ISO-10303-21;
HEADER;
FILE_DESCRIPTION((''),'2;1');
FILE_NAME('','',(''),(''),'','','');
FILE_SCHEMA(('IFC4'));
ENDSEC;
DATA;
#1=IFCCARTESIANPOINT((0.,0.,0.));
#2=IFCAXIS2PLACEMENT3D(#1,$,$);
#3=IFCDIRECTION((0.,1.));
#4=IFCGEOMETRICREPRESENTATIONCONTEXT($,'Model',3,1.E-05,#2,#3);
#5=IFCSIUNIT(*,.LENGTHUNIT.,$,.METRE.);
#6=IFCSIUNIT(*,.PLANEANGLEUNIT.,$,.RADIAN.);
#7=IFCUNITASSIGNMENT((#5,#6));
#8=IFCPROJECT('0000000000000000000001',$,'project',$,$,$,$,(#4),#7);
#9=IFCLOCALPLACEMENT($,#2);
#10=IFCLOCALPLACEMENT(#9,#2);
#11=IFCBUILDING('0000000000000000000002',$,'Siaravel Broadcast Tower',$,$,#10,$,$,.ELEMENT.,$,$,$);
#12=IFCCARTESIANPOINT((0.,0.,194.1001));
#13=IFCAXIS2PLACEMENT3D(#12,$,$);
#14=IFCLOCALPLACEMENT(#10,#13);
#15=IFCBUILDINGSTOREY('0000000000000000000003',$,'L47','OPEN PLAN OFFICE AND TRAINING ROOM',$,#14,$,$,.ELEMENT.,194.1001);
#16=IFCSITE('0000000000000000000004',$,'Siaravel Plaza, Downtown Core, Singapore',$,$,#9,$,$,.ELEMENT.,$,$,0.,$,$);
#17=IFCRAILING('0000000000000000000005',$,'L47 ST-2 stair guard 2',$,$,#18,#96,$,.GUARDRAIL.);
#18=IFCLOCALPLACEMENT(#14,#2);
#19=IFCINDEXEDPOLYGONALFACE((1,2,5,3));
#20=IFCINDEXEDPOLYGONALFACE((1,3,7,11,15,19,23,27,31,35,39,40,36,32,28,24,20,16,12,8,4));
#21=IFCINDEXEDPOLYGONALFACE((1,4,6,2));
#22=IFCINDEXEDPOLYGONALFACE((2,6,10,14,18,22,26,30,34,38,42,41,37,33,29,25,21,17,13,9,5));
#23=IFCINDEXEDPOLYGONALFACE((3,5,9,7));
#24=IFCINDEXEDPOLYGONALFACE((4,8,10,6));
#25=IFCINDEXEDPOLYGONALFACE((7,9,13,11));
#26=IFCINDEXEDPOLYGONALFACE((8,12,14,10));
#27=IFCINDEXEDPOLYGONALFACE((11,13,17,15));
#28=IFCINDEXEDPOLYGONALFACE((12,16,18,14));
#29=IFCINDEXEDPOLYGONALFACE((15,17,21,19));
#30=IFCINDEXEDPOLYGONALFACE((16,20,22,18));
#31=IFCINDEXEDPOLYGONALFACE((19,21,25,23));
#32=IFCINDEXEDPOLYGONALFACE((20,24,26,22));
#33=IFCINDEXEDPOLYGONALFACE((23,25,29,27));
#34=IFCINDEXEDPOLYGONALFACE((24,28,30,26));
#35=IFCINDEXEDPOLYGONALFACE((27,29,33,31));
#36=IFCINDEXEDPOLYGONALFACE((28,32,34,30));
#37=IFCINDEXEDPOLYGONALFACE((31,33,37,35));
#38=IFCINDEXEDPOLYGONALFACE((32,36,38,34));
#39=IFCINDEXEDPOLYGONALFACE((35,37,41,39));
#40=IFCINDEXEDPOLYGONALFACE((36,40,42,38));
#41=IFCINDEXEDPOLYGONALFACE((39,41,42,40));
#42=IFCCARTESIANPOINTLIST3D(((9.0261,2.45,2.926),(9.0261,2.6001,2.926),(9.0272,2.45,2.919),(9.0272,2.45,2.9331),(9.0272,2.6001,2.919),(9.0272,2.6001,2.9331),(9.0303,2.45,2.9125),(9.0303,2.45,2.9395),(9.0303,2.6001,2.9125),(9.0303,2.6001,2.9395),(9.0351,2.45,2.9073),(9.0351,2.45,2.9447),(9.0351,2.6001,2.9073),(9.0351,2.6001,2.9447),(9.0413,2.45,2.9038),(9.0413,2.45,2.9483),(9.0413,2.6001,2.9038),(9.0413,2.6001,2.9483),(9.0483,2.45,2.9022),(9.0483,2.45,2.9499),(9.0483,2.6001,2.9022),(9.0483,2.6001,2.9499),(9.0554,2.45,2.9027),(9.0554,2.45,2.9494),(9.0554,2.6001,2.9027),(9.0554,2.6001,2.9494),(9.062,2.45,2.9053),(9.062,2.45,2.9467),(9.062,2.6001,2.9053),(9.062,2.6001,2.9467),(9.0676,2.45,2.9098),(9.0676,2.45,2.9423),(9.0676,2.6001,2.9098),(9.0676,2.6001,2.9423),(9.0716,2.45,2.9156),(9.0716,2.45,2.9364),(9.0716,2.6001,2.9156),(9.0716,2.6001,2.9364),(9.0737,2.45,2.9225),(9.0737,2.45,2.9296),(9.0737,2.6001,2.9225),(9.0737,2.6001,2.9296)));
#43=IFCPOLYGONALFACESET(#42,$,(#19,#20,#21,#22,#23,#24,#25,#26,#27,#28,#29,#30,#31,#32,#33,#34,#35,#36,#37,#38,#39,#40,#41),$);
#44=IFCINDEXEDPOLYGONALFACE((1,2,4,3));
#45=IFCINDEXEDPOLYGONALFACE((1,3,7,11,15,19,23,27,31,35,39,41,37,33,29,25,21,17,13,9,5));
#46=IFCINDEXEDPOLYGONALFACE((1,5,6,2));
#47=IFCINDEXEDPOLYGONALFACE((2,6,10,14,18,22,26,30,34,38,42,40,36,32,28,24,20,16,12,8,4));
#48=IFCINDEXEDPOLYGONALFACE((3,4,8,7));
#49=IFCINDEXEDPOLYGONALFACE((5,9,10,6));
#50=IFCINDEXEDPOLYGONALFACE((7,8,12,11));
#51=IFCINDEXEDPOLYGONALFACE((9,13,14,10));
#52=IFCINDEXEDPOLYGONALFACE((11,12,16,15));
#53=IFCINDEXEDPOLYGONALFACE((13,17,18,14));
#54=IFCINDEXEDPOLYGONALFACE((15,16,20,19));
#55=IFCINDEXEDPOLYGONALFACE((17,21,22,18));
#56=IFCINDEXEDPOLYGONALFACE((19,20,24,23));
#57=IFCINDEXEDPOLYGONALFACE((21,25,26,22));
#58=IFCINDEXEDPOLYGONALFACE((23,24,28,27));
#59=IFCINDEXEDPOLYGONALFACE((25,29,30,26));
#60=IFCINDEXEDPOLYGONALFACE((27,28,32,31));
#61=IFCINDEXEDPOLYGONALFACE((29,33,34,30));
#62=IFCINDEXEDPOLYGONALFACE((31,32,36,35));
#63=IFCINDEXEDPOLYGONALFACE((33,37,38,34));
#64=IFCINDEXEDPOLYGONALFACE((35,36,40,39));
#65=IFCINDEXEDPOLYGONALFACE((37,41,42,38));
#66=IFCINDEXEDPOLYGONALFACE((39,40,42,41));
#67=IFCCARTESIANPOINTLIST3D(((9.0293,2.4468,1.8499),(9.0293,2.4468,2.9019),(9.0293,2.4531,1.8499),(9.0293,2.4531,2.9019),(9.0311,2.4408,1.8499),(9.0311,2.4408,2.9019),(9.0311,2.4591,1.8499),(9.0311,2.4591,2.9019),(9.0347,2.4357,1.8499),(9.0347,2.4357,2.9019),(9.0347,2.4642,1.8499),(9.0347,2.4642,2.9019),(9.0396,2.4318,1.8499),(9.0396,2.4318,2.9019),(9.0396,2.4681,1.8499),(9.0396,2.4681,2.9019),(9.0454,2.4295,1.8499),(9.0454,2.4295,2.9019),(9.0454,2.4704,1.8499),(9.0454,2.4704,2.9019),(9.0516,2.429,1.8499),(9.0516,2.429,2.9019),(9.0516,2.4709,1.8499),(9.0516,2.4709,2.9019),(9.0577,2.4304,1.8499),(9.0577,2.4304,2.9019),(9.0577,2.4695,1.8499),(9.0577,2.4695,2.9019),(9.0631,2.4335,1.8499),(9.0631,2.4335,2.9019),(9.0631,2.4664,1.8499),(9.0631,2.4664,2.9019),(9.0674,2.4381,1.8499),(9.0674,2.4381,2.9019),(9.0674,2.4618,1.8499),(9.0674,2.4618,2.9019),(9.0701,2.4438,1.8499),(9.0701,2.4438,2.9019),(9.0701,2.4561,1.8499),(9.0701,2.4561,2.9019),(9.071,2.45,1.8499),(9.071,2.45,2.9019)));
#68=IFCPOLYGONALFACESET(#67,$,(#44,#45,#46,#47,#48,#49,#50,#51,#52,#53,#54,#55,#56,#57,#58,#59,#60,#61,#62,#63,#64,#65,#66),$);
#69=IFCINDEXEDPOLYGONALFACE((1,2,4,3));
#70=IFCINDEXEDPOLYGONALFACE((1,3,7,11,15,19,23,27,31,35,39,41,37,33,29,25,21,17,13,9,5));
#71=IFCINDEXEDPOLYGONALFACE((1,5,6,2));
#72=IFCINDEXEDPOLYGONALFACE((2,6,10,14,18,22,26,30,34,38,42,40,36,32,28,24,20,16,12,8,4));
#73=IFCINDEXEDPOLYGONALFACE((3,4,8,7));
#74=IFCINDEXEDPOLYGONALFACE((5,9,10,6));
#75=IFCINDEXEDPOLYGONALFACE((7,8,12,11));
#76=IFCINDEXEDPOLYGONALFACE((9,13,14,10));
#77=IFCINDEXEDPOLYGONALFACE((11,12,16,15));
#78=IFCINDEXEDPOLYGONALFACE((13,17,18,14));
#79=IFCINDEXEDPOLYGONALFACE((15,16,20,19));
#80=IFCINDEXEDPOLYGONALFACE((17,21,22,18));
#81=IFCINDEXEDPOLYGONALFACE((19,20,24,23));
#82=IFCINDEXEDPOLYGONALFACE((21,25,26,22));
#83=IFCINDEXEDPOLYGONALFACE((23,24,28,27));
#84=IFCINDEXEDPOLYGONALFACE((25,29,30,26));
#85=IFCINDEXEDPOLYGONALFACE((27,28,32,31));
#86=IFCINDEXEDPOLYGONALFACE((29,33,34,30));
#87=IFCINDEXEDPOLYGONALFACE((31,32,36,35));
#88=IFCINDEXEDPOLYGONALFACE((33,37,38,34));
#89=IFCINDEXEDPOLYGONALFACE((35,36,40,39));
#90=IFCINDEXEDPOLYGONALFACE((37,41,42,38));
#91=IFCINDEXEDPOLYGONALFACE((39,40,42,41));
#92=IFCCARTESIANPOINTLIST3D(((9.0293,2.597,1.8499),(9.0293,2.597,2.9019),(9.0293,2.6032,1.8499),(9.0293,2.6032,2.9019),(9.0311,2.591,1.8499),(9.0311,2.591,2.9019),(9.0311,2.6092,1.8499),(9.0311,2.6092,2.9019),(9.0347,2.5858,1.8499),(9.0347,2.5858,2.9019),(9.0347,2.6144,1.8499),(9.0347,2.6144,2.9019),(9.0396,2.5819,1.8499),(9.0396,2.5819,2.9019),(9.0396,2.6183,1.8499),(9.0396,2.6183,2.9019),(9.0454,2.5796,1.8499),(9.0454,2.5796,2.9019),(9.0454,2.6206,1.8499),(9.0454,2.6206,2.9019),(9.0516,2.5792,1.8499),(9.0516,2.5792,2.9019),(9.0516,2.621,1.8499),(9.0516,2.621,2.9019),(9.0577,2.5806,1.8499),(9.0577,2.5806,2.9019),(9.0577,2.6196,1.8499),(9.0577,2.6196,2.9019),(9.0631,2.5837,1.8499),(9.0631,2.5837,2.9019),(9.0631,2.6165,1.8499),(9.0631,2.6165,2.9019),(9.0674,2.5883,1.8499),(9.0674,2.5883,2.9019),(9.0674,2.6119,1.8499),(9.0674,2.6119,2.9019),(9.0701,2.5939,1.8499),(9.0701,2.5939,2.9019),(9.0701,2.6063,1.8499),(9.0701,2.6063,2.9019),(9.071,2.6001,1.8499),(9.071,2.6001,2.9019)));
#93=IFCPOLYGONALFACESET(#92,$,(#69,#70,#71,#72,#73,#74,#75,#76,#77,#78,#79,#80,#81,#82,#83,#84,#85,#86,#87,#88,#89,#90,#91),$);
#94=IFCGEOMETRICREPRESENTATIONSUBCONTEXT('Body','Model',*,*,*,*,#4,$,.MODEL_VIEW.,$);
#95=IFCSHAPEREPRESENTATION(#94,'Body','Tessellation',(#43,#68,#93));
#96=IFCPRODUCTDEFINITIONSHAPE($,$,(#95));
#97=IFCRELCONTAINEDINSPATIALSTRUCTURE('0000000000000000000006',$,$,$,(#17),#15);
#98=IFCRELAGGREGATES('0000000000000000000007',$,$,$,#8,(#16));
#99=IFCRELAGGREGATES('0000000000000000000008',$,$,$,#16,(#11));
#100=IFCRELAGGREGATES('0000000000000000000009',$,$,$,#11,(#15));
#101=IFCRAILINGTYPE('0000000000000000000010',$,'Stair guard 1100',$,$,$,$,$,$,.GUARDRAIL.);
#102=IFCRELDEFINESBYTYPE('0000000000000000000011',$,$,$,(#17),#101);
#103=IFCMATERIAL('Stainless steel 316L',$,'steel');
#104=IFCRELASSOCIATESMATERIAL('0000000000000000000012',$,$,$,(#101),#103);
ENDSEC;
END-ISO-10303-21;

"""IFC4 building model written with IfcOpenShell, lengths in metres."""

from ifc_helpers import new_model, si_unit, direction, frame, origin, origin_2d, place, context, subcontext, project, spatial, circle, extrude, material, type_object, element, save


model = new_model("IFC4")

# Units and contexts
model_context = context("Model", 3, precision=1e-05, world=origin(), true_north=direction((0.0, 1.0)))
body_context = subcontext(model_context, "Body", "Model", "MODEL_VIEW")
ifc_project = project(units=[si_unit("LENGTHUNIT", "METRE"), si_unit("PLANEANGLEUNIT", "RADIAN")], contexts=[model_context])

# Site, building, storey
site_placement = place(None, origin())
site = spatial("IfcSite", under=ifc_project, at=site_placement, Name="Siaravel Plaza, Downtown Core, Singapore", CompositionType="ELEMENT", RefElevation=0.0)
building_placement = place(site_placement, origin())
building = spatial("IfcBuilding", under=site, at=building_placement, Name="Siaravel Broadcast Tower", CompositionType="ELEMENT")
storey_placement = place(building_placement, frame((0.0, 0.0, 194.1001)))
storey = spatial("IfcBuildingStorey", under=building, at=storey_placement, Name="L47", Description="OPEN PLAN OFFICE AND TRAINING ROOM", CompositionType="ELEMENT", Elevation=194.1001)

# Railing
ifc_material_1 = material(Name="Stainless steel 316L", Category="steel")
railing_type_1 = type_object("IfcRailingType", Name="Stair guard 1100", PredefinedType="GUARDRAIL", material=ifc_material_1)
railing_1_placement = place(storey_placement, frame((9.05, 2.45, 1.8499)))
element("IfcRailing", 1, at=railing_1_placement, inside=storey, type_object=railing_type_1, Name="L47 ST-2 stair guard 2", PredefinedType="GUARDRAIL", context=body_context, shape_type="SweptSolid", body=[
    extrude(circle(Radius=0.0239, at=origin_2d()), frame((0.0, 0.0, 1.0762), z_axis=(0.0, 1.0, 0.0), x_axis=(-1.0, 0.0, 0.0)), (0.0, 0.0, 1.0), 0.1501),
    extrude(circle(Radius=0.021, at=origin_2d()), origin(), (0.0, 0.0, 1.0), 1.052),
    extrude(circle(Radius=0.021, at=origin_2d()), frame((0.0, 0.1501, 0.0)), (0.0, 0.0, 1.0), 1.052),
])

save(model, "model.ifc")
